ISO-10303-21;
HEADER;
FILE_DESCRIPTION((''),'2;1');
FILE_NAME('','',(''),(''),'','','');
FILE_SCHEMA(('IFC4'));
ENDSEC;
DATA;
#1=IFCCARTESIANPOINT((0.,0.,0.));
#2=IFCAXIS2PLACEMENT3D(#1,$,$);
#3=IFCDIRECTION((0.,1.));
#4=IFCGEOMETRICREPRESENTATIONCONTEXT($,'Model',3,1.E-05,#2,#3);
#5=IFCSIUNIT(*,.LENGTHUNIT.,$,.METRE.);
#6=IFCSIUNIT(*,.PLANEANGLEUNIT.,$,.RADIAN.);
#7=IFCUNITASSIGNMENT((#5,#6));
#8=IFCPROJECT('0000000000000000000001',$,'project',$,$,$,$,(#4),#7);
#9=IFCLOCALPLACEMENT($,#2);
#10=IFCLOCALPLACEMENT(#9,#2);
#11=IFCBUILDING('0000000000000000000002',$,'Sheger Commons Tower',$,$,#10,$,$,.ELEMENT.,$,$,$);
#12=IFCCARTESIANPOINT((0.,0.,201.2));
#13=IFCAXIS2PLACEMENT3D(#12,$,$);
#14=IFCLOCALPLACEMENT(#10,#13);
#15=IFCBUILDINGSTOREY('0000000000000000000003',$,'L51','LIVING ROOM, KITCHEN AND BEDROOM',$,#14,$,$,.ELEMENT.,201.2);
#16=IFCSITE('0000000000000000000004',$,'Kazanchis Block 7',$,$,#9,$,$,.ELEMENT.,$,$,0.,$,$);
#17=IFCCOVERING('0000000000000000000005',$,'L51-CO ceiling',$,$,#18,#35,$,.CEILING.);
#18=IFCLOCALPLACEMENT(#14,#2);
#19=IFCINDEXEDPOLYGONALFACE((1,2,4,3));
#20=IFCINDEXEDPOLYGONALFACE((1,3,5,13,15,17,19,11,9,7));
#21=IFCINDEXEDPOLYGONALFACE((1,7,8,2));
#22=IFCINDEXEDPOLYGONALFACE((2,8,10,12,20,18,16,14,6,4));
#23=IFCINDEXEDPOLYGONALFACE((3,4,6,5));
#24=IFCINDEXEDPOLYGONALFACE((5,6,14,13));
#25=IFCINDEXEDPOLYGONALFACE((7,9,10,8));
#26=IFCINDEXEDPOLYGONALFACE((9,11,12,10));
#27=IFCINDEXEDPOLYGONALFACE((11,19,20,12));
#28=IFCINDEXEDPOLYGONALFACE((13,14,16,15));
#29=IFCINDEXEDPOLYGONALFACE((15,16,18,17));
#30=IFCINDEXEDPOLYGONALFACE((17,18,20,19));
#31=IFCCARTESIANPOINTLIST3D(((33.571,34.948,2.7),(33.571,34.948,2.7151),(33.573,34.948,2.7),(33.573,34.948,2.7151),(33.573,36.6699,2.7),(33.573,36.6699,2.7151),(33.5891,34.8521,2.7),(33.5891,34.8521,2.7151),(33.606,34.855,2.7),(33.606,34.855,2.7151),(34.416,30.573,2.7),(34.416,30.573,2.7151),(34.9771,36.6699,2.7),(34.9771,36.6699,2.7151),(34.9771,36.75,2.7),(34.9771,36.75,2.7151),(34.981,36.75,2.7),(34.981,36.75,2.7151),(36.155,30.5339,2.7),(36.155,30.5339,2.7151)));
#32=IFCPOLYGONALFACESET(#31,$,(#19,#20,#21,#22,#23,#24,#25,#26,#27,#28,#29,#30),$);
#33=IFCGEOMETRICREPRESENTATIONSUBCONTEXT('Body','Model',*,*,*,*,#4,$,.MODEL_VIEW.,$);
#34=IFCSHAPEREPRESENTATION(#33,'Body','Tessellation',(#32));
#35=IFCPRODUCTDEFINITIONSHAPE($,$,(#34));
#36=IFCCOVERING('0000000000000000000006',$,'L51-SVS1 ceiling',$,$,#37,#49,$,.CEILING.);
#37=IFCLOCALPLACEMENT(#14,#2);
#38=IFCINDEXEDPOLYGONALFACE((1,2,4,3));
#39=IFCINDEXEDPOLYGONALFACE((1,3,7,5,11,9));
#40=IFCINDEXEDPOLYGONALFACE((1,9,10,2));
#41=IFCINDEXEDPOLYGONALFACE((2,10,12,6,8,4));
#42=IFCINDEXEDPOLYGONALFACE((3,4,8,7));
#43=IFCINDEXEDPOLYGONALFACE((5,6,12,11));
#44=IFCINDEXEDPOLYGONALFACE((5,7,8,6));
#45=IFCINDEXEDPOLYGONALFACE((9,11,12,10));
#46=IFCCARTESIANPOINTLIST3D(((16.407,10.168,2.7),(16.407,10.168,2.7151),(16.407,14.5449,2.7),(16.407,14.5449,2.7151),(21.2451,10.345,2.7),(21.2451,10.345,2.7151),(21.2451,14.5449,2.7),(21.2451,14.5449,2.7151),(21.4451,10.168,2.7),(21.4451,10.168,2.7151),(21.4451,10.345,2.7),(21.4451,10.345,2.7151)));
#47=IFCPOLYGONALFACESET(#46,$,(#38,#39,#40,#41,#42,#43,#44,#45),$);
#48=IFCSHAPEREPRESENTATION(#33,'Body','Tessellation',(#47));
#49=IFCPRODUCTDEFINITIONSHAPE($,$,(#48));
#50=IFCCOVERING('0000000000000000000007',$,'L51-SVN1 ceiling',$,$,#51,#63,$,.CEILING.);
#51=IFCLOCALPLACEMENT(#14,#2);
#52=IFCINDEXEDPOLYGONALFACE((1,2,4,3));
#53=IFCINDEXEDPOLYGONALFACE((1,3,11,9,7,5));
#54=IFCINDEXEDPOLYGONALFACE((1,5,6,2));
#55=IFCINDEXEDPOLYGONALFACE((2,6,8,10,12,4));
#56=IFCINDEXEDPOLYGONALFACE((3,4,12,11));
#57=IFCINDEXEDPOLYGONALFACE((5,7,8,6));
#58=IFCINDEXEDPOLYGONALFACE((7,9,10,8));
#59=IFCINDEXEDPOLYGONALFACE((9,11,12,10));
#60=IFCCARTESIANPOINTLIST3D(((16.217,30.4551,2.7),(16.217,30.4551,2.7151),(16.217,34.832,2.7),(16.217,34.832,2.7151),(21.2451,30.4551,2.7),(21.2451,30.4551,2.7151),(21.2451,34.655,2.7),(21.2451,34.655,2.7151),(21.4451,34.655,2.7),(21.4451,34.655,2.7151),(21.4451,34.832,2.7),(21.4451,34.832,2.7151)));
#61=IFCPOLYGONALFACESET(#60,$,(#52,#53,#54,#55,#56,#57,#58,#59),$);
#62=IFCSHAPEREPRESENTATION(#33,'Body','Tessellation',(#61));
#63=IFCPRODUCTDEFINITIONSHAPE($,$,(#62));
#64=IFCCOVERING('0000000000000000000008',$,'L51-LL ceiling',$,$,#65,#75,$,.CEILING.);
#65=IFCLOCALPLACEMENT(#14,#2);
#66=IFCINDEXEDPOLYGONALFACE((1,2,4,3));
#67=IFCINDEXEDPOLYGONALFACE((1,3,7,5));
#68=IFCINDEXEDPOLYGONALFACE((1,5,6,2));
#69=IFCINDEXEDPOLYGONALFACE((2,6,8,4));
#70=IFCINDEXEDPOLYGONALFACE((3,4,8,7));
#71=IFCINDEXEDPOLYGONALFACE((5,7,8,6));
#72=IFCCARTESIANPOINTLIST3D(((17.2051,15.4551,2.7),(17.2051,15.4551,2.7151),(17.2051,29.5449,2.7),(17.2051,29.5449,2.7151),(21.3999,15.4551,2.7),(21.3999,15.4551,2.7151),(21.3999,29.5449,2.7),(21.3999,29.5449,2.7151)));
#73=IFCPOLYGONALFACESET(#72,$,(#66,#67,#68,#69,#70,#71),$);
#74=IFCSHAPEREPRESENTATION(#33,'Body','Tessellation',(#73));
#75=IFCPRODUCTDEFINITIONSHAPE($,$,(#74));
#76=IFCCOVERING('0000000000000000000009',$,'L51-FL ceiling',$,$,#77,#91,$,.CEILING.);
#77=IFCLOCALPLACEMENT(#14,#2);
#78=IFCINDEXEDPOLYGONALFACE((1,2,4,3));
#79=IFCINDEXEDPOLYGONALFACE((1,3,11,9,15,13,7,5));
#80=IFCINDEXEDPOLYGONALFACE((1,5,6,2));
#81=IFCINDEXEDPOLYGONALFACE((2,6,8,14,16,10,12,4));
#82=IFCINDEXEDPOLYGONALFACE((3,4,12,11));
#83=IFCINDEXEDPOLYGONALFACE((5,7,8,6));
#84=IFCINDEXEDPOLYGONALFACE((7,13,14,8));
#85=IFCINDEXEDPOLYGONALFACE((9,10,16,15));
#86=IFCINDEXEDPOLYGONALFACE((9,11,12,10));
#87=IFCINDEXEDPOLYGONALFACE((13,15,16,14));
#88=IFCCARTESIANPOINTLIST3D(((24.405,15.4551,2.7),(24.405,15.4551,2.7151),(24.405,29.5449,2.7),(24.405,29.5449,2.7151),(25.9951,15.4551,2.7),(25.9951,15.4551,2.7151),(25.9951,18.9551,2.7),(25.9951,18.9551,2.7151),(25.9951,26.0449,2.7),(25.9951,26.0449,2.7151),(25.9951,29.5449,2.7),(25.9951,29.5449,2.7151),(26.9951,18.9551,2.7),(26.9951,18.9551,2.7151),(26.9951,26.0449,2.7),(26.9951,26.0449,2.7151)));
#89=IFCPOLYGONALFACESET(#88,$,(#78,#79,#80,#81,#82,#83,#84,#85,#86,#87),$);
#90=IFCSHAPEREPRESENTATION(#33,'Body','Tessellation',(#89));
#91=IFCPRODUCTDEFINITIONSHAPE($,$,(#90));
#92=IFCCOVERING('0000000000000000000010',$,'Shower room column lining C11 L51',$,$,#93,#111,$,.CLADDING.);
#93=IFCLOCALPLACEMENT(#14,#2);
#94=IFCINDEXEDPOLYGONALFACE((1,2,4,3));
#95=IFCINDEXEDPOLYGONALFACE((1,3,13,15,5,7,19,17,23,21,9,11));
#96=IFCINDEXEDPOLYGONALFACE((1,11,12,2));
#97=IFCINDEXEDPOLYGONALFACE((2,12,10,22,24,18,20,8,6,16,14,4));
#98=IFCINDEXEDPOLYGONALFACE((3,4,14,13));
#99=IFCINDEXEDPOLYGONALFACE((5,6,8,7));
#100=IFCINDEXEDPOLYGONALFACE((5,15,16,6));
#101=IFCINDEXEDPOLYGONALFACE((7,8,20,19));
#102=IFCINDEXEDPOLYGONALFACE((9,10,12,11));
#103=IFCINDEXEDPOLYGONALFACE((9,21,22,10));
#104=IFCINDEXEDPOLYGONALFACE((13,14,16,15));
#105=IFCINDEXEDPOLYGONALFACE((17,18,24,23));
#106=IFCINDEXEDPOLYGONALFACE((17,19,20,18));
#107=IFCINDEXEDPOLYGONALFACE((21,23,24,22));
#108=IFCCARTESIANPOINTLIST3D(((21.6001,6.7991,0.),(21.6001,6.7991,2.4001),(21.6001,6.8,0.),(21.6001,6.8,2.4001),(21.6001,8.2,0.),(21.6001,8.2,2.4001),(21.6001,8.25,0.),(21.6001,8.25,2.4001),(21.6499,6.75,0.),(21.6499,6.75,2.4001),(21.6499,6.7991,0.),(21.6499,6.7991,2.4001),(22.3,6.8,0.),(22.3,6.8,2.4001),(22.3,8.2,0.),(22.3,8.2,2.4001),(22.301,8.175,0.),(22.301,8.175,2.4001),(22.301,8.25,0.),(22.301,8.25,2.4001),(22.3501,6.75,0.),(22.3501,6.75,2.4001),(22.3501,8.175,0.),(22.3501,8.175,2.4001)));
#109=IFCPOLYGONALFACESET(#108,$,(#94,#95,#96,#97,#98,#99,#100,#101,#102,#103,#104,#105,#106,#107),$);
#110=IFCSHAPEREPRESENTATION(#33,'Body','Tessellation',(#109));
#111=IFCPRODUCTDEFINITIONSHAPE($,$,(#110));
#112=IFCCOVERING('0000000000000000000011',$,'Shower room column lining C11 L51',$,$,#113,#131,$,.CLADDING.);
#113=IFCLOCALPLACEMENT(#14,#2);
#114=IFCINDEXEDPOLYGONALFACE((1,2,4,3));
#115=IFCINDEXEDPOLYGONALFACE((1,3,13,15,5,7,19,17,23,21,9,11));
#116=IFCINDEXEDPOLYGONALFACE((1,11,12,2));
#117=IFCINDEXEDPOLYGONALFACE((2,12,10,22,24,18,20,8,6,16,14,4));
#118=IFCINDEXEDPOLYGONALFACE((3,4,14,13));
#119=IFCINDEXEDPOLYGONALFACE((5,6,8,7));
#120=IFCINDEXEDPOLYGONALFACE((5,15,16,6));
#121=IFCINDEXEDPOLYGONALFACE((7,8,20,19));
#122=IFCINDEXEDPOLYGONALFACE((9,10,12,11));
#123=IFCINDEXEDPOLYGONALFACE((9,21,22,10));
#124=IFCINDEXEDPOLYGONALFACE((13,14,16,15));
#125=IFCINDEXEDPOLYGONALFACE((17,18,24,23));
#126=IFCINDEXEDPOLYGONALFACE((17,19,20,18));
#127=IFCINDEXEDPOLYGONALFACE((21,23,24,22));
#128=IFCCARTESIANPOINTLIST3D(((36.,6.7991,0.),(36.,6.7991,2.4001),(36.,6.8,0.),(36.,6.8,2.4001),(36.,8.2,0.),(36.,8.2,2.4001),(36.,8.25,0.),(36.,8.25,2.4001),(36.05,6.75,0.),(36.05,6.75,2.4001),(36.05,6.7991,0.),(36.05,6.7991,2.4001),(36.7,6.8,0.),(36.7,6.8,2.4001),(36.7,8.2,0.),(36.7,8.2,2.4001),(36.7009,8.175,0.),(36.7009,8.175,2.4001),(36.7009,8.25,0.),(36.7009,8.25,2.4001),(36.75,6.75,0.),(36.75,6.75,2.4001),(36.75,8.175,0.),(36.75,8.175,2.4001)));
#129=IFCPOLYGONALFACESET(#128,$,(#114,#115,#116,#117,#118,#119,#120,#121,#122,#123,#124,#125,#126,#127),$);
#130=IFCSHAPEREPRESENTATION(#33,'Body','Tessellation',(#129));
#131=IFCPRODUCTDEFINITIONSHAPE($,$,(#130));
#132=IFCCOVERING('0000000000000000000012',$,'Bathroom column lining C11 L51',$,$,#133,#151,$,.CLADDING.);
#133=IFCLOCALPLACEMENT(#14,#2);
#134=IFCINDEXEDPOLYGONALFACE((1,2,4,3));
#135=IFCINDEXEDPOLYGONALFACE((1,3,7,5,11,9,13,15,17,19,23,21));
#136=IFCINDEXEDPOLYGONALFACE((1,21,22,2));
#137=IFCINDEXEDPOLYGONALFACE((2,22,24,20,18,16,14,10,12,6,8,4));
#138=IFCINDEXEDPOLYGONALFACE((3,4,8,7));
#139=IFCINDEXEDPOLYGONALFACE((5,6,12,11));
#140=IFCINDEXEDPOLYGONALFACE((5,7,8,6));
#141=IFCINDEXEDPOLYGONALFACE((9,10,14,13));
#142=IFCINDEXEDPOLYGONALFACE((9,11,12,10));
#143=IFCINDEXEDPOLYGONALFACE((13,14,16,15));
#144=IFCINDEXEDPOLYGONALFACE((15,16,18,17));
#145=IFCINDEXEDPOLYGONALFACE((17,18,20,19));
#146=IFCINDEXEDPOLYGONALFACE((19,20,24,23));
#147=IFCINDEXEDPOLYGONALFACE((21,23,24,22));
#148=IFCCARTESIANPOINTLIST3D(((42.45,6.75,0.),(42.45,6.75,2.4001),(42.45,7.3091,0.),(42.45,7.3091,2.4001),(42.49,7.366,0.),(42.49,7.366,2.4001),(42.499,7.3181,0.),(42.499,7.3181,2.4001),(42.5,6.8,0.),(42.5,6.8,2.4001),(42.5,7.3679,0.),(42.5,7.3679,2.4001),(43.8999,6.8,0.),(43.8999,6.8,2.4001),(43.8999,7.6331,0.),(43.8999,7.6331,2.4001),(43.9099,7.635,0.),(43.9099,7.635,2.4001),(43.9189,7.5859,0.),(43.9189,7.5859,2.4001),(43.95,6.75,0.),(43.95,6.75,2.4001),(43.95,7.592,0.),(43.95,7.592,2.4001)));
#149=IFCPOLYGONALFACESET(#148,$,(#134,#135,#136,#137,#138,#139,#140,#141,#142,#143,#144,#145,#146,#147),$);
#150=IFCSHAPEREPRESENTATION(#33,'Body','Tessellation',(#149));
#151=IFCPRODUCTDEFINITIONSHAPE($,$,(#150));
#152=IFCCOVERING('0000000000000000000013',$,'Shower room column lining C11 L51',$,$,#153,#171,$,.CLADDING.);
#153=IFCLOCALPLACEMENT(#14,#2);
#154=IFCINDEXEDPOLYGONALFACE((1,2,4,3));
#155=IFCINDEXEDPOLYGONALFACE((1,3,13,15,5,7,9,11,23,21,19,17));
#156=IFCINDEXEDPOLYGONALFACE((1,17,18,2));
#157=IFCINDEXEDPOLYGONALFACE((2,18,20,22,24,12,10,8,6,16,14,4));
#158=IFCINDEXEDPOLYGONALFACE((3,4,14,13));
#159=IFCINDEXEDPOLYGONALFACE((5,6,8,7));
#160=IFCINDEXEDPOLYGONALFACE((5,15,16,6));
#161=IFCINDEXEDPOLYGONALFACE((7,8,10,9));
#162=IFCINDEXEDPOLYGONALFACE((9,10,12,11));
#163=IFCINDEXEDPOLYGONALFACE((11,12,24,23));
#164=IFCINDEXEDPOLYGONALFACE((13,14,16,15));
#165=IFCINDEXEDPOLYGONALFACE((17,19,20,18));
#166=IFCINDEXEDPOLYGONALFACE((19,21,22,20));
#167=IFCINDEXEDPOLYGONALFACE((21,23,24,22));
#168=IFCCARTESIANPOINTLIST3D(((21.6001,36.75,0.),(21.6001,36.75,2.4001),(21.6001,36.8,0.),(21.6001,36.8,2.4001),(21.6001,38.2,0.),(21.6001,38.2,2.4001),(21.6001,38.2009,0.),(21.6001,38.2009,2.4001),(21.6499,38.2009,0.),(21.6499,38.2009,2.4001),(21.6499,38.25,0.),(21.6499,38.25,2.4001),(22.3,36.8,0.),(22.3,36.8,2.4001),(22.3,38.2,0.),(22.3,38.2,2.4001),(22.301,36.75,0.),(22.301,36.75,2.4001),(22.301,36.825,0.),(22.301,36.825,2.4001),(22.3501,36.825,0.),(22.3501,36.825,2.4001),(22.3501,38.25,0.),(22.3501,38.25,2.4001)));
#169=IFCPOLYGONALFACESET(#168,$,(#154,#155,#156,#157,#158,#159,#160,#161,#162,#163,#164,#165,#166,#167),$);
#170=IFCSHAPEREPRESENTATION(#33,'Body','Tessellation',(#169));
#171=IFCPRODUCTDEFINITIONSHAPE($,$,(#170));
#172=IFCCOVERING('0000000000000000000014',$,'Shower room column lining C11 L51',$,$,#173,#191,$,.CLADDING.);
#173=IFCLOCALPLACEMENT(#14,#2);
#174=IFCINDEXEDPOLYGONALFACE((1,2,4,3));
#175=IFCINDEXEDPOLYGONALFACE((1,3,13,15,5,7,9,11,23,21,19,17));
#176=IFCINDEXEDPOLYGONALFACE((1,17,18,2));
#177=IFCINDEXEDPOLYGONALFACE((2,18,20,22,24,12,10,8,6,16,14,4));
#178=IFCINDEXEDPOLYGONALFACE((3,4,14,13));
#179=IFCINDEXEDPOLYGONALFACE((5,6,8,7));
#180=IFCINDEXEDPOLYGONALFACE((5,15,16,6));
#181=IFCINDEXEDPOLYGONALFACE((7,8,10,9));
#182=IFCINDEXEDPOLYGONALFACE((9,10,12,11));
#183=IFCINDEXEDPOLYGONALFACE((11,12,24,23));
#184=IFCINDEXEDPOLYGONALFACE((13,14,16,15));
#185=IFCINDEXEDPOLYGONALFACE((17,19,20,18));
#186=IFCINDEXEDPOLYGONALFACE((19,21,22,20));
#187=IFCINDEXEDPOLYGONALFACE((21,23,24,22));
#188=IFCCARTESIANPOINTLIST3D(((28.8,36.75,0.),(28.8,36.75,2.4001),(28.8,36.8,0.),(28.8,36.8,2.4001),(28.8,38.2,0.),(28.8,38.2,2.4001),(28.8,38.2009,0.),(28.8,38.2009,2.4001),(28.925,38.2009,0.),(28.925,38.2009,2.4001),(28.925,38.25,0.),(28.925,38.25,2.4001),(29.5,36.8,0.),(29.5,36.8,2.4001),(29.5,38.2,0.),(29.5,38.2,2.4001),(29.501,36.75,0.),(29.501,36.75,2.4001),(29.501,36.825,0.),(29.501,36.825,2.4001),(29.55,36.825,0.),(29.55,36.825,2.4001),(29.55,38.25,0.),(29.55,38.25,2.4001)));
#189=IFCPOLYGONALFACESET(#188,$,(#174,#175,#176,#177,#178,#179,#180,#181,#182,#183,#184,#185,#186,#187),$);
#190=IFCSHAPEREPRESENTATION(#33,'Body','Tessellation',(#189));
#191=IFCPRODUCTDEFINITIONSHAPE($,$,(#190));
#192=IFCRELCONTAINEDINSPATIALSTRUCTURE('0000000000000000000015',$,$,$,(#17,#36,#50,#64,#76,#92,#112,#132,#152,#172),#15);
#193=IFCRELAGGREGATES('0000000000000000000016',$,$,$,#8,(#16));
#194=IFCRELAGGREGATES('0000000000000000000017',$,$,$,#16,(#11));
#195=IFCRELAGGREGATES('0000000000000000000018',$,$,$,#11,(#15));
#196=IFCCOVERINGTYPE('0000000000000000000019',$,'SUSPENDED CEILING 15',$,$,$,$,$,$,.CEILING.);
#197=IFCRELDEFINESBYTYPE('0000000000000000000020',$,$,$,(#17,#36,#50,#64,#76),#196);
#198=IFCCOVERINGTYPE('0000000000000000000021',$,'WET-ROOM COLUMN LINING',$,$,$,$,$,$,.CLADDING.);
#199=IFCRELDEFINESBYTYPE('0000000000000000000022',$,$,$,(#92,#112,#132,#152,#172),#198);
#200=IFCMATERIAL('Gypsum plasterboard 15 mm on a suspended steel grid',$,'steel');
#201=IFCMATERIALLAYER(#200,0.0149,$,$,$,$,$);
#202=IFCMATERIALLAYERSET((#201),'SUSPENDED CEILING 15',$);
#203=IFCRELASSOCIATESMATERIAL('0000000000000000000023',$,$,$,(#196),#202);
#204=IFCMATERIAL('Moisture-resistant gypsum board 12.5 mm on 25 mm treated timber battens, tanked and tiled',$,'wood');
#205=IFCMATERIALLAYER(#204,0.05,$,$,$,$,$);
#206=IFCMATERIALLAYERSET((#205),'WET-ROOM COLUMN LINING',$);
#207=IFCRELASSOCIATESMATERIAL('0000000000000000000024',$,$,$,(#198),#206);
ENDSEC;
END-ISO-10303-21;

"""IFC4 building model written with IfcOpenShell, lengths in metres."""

from ifc_helpers import new_model, si_unit, direction, frame, origin, place, context, subcontext, project, spatial, polyline, outline, extrude, material, layer, layer_set, type_object, element, save


model = new_model("IFC4")

# Units and contexts
model_context = context("Model", 3, precision=1e-05, world=origin(), true_north=direction((0.0, 1.0)))
body_context = subcontext(model_context, "Body", "Model", "MODEL_VIEW")
ifc_project = project(units=[si_unit("LENGTHUNIT", "METRE"), si_unit("PLANEANGLEUNIT", "RADIAN")], contexts=[model_context])

# Site, building, storey
site_placement = place(None, origin())
site = spatial("IfcSite", under=ifc_project, at=site_placement, Name="Kazanchis Block 7", CompositionType="ELEMENT", RefElevation=0.0)
building_placement = place(site_placement, origin())
building = spatial("IfcBuilding", under=site, at=building_placement, Name="Sheger Commons Tower", CompositionType="ELEMENT")
storey_placement = place(building_placement, frame((0.0, 0.0, 201.2)))
storey = spatial("IfcBuildingStorey", under=building, at=storey_placement, Name="L51", Description="LIVING ROOM, KITCHEN AND BEDROOM", CompositionType="ELEMENT", Elevation=201.2)

# Coverings
ifc_material_1 = material(Name="Gypsum plasterboard 15 mm on a suspended steel grid", Category="steel")
ifc_layer_1 = layer(ifc_material_1, 0.0149)
ifc_layer_set_1 = layer_set([ifc_layer_1], Name="SUSPENDED CEILING 15")
covering_type_1 = type_object("IfcCoveringType", Name="SUSPENDED CEILING 15", PredefinedType="CEILING", material=ifc_layer_set_1)
covering_1_placement = place(storey_placement, frame((0.0, 0.0, 2.7)))
element("IfcCovering", 1, at=covering_1_placement, inside=storey, type_object=covering_type_1, Name="L51-CO ceiling", PredefinedType="CEILING", context=body_context, shape_type="SweptSolid", body=[
    extrude(outline(polyline([(36.155, 30.5339), (34.981, 36.75), (34.9771, 36.75), (34.9771, 36.6699), (33.573, 36.6699), (33.573, 34.948), (33.571, 34.948), (33.5891, 34.8521), (33.606, 34.855), (34.416, 30.573), (36.155, 30.5339)])), origin(), (0.0, 0.0, 1.0), 0.0151),
])
covering_2_placement = place(storey_placement, frame((0.0, 0.0, 2.7)))
element("IfcCovering", 2, at=covering_2_placement, inside=storey, type_object=covering_type_1, Name="L51-SVS1 ceiling", PredefinedType="CEILING", context=body_context, shape_type="SweptSolid", body=[
    extrude(outline(polyline([(16.407, 10.168), (21.4451, 10.168), (21.4451, 10.345), (21.2451, 10.345), (21.2451, 14.5449), (16.407, 14.5449), (16.407, 10.168)])), origin(), (0.0, 0.0, 1.0), 0.0151),
])
covering_3_placement = place(storey_placement, frame((0.0, 0.0, 2.7)))
element("IfcCovering", 3, at=covering_3_placement, inside=storey, type_object=covering_type_1, Name="L51-SVN1 ceiling", PredefinedType="CEILING", context=body_context, shape_type="SweptSolid", body=[
    extrude(outline(polyline([(16.217, 30.4551), (21.2451, 30.4551), (21.2451, 34.655), (21.4451, 34.655), (21.4451, 34.832), (16.217, 34.832), (16.217, 30.4551)])), origin(), (0.0, 0.0, 1.0), 0.0151),
])
covering_4_placement = place(storey_placement, frame((0.0, 0.0, 2.7)))
element("IfcCovering", 4, at=covering_4_placement, inside=storey, type_object=covering_type_1, Name="L51-LL ceiling", PredefinedType="CEILING", context=body_context, shape_type="SweptSolid", body=[
    extrude(outline(polyline([(17.2051, 15.4551), (21.3999, 15.4551), (21.3999, 29.5449), (17.2051, 29.5449), (17.2051, 15.4551)])), origin(), (0.0, 0.0, 1.0), 0.0151),
])
covering_5_placement = place(storey_placement, frame((0.0, 0.0, 2.7)))
element("IfcCovering", 5, at=covering_5_placement, inside=storey, type_object=covering_type_1, Name="L51-FL ceiling", PredefinedType="CEILING", context=body_context, shape_type="SweptSolid", body=[
    extrude(outline(polyline([(24.405, 15.4551), (25.9951, 15.4551), (25.9951, 18.9551), (26.9951, 18.9551), (26.9951, 26.0449), (25.9951, 26.0449), (25.9951, 29.5449), (24.405, 29.5449), (24.405, 15.4551)])), origin(), (0.0, 0.0, 1.0), 0.0151),
])
ifc_material_2 = material(Name="Moisture-resistant gypsum board 12.5 mm on 25 mm treated timber battens, tanked and tiled", Category="wood")
ifc_layer_2 = layer(ifc_material_2, 0.05)
ifc_layer_set_2 = layer_set([ifc_layer_2], Name="WET-ROOM COLUMN LINING")
covering_type_2 = type_object("IfcCoveringType", Name="WET-ROOM COLUMN LINING", PredefinedType="CLADDING", material=ifc_layer_set_2)
covering_6_placement = place(storey_placement, origin())
element("IfcCovering", 6, at=covering_6_placement, inside=storey, type_object=covering_type_2, Name="Shower room column lining C11 L51", PredefinedType="CLADDING", context=body_context, shape_type="SweptSolid", body=[
    extrude(outline(polyline([(22.3501, 6.75), (21.6499, 6.75), (21.6499, 6.7991), (21.6001, 6.7991), (21.6001, 6.8), (22.3, 6.8), (22.3, 8.2), (21.6001, 8.2), (21.6001, 8.25), (22.301, 8.25), (22.301, 8.175), (22.3501, 8.175), (22.3501, 6.75)])), origin(), (0.0, 0.0, 1.0), 2.4001),
])
covering_7_placement = place(storey_placement, origin())
element("IfcCovering", 7, at=covering_7_placement, inside=storey, type_object=covering_type_2, Name="Shower room column lining C11 L51", PredefinedType="CLADDING", context=body_context, shape_type="SweptSolid", body=[
    extrude(outline(polyline([(36.75, 6.75), (36.05, 6.75), (36.05, 6.7991), (36.0, 6.7991), (36.0, 6.8), (36.7, 6.8), (36.7, 8.2), (36.0, 8.2), (36.0, 8.25), (36.7009, 8.25), (36.7009, 8.175), (36.75, 8.175), (36.75, 6.75)])), origin(), (0.0, 0.0, 1.0), 2.4001),
])
covering_8_placement = place(storey_placement, origin())
element("IfcCovering", 8, at=covering_8_placement, inside=storey, type_object=covering_type_2, Name="Bathroom column lining C11 L51", PredefinedType="CLADDING", context=body_context, shape_type="SweptSolid", body=[
    extrude(outline(polyline([(42.5, 7.3679), (42.5, 6.8), (43.8999, 6.8), (43.8999, 7.6331), (43.9099, 7.635), (43.9189, 7.5859), (43.95, 7.592), (43.95, 6.75), (42.45, 6.75), (42.45, 7.3091), (42.499, 7.3181), (42.49, 7.366), (42.5, 7.3679)])), origin(), (0.0, 0.0, 1.0), 2.4001),
])
covering_9_placement = place(storey_placement, origin())
element("IfcCovering", 9, at=covering_9_placement, inside=storey, type_object=covering_type_2, Name="Shower room column lining C11 L51", PredefinedType="CLADDING", context=body_context, shape_type="SweptSolid", body=[
    extrude(outline(polyline([(22.3501, 36.825), (22.301, 36.825), (22.301, 36.75), (21.6001, 36.75), (21.6001, 36.8), (22.3, 36.8), (22.3, 38.2), (21.6001, 38.2), (21.6001, 38.2009), (21.6499, 38.2009), (21.6499, 38.25), (22.3501, 38.25), (22.3501, 36.825)])), origin(), (0.0, 0.0, 1.0), 2.4001),
])
covering_10_placement = place(storey_placement, origin())
element("IfcCovering", 10, at=covering_10_placement, inside=storey, type_object=covering_type_2, Name="Shower room column lining C11 L51", PredefinedType="CLADDING", context=body_context, shape_type="SweptSolid", body=[
    extrude(outline(polyline([(29.55, 36.825), (29.501, 36.825), (29.501, 36.75), (28.8, 36.75), (28.8, 36.8), (29.5, 36.8), (29.5, 38.2), (28.8, 38.2), (28.8, 38.2009), (28.925, 38.2009), (28.925, 38.25), (29.55, 38.25), (29.55, 36.825)])), origin(), (0.0, 0.0, 1.0), 2.4001),
])

save(model, "model.ifc")
